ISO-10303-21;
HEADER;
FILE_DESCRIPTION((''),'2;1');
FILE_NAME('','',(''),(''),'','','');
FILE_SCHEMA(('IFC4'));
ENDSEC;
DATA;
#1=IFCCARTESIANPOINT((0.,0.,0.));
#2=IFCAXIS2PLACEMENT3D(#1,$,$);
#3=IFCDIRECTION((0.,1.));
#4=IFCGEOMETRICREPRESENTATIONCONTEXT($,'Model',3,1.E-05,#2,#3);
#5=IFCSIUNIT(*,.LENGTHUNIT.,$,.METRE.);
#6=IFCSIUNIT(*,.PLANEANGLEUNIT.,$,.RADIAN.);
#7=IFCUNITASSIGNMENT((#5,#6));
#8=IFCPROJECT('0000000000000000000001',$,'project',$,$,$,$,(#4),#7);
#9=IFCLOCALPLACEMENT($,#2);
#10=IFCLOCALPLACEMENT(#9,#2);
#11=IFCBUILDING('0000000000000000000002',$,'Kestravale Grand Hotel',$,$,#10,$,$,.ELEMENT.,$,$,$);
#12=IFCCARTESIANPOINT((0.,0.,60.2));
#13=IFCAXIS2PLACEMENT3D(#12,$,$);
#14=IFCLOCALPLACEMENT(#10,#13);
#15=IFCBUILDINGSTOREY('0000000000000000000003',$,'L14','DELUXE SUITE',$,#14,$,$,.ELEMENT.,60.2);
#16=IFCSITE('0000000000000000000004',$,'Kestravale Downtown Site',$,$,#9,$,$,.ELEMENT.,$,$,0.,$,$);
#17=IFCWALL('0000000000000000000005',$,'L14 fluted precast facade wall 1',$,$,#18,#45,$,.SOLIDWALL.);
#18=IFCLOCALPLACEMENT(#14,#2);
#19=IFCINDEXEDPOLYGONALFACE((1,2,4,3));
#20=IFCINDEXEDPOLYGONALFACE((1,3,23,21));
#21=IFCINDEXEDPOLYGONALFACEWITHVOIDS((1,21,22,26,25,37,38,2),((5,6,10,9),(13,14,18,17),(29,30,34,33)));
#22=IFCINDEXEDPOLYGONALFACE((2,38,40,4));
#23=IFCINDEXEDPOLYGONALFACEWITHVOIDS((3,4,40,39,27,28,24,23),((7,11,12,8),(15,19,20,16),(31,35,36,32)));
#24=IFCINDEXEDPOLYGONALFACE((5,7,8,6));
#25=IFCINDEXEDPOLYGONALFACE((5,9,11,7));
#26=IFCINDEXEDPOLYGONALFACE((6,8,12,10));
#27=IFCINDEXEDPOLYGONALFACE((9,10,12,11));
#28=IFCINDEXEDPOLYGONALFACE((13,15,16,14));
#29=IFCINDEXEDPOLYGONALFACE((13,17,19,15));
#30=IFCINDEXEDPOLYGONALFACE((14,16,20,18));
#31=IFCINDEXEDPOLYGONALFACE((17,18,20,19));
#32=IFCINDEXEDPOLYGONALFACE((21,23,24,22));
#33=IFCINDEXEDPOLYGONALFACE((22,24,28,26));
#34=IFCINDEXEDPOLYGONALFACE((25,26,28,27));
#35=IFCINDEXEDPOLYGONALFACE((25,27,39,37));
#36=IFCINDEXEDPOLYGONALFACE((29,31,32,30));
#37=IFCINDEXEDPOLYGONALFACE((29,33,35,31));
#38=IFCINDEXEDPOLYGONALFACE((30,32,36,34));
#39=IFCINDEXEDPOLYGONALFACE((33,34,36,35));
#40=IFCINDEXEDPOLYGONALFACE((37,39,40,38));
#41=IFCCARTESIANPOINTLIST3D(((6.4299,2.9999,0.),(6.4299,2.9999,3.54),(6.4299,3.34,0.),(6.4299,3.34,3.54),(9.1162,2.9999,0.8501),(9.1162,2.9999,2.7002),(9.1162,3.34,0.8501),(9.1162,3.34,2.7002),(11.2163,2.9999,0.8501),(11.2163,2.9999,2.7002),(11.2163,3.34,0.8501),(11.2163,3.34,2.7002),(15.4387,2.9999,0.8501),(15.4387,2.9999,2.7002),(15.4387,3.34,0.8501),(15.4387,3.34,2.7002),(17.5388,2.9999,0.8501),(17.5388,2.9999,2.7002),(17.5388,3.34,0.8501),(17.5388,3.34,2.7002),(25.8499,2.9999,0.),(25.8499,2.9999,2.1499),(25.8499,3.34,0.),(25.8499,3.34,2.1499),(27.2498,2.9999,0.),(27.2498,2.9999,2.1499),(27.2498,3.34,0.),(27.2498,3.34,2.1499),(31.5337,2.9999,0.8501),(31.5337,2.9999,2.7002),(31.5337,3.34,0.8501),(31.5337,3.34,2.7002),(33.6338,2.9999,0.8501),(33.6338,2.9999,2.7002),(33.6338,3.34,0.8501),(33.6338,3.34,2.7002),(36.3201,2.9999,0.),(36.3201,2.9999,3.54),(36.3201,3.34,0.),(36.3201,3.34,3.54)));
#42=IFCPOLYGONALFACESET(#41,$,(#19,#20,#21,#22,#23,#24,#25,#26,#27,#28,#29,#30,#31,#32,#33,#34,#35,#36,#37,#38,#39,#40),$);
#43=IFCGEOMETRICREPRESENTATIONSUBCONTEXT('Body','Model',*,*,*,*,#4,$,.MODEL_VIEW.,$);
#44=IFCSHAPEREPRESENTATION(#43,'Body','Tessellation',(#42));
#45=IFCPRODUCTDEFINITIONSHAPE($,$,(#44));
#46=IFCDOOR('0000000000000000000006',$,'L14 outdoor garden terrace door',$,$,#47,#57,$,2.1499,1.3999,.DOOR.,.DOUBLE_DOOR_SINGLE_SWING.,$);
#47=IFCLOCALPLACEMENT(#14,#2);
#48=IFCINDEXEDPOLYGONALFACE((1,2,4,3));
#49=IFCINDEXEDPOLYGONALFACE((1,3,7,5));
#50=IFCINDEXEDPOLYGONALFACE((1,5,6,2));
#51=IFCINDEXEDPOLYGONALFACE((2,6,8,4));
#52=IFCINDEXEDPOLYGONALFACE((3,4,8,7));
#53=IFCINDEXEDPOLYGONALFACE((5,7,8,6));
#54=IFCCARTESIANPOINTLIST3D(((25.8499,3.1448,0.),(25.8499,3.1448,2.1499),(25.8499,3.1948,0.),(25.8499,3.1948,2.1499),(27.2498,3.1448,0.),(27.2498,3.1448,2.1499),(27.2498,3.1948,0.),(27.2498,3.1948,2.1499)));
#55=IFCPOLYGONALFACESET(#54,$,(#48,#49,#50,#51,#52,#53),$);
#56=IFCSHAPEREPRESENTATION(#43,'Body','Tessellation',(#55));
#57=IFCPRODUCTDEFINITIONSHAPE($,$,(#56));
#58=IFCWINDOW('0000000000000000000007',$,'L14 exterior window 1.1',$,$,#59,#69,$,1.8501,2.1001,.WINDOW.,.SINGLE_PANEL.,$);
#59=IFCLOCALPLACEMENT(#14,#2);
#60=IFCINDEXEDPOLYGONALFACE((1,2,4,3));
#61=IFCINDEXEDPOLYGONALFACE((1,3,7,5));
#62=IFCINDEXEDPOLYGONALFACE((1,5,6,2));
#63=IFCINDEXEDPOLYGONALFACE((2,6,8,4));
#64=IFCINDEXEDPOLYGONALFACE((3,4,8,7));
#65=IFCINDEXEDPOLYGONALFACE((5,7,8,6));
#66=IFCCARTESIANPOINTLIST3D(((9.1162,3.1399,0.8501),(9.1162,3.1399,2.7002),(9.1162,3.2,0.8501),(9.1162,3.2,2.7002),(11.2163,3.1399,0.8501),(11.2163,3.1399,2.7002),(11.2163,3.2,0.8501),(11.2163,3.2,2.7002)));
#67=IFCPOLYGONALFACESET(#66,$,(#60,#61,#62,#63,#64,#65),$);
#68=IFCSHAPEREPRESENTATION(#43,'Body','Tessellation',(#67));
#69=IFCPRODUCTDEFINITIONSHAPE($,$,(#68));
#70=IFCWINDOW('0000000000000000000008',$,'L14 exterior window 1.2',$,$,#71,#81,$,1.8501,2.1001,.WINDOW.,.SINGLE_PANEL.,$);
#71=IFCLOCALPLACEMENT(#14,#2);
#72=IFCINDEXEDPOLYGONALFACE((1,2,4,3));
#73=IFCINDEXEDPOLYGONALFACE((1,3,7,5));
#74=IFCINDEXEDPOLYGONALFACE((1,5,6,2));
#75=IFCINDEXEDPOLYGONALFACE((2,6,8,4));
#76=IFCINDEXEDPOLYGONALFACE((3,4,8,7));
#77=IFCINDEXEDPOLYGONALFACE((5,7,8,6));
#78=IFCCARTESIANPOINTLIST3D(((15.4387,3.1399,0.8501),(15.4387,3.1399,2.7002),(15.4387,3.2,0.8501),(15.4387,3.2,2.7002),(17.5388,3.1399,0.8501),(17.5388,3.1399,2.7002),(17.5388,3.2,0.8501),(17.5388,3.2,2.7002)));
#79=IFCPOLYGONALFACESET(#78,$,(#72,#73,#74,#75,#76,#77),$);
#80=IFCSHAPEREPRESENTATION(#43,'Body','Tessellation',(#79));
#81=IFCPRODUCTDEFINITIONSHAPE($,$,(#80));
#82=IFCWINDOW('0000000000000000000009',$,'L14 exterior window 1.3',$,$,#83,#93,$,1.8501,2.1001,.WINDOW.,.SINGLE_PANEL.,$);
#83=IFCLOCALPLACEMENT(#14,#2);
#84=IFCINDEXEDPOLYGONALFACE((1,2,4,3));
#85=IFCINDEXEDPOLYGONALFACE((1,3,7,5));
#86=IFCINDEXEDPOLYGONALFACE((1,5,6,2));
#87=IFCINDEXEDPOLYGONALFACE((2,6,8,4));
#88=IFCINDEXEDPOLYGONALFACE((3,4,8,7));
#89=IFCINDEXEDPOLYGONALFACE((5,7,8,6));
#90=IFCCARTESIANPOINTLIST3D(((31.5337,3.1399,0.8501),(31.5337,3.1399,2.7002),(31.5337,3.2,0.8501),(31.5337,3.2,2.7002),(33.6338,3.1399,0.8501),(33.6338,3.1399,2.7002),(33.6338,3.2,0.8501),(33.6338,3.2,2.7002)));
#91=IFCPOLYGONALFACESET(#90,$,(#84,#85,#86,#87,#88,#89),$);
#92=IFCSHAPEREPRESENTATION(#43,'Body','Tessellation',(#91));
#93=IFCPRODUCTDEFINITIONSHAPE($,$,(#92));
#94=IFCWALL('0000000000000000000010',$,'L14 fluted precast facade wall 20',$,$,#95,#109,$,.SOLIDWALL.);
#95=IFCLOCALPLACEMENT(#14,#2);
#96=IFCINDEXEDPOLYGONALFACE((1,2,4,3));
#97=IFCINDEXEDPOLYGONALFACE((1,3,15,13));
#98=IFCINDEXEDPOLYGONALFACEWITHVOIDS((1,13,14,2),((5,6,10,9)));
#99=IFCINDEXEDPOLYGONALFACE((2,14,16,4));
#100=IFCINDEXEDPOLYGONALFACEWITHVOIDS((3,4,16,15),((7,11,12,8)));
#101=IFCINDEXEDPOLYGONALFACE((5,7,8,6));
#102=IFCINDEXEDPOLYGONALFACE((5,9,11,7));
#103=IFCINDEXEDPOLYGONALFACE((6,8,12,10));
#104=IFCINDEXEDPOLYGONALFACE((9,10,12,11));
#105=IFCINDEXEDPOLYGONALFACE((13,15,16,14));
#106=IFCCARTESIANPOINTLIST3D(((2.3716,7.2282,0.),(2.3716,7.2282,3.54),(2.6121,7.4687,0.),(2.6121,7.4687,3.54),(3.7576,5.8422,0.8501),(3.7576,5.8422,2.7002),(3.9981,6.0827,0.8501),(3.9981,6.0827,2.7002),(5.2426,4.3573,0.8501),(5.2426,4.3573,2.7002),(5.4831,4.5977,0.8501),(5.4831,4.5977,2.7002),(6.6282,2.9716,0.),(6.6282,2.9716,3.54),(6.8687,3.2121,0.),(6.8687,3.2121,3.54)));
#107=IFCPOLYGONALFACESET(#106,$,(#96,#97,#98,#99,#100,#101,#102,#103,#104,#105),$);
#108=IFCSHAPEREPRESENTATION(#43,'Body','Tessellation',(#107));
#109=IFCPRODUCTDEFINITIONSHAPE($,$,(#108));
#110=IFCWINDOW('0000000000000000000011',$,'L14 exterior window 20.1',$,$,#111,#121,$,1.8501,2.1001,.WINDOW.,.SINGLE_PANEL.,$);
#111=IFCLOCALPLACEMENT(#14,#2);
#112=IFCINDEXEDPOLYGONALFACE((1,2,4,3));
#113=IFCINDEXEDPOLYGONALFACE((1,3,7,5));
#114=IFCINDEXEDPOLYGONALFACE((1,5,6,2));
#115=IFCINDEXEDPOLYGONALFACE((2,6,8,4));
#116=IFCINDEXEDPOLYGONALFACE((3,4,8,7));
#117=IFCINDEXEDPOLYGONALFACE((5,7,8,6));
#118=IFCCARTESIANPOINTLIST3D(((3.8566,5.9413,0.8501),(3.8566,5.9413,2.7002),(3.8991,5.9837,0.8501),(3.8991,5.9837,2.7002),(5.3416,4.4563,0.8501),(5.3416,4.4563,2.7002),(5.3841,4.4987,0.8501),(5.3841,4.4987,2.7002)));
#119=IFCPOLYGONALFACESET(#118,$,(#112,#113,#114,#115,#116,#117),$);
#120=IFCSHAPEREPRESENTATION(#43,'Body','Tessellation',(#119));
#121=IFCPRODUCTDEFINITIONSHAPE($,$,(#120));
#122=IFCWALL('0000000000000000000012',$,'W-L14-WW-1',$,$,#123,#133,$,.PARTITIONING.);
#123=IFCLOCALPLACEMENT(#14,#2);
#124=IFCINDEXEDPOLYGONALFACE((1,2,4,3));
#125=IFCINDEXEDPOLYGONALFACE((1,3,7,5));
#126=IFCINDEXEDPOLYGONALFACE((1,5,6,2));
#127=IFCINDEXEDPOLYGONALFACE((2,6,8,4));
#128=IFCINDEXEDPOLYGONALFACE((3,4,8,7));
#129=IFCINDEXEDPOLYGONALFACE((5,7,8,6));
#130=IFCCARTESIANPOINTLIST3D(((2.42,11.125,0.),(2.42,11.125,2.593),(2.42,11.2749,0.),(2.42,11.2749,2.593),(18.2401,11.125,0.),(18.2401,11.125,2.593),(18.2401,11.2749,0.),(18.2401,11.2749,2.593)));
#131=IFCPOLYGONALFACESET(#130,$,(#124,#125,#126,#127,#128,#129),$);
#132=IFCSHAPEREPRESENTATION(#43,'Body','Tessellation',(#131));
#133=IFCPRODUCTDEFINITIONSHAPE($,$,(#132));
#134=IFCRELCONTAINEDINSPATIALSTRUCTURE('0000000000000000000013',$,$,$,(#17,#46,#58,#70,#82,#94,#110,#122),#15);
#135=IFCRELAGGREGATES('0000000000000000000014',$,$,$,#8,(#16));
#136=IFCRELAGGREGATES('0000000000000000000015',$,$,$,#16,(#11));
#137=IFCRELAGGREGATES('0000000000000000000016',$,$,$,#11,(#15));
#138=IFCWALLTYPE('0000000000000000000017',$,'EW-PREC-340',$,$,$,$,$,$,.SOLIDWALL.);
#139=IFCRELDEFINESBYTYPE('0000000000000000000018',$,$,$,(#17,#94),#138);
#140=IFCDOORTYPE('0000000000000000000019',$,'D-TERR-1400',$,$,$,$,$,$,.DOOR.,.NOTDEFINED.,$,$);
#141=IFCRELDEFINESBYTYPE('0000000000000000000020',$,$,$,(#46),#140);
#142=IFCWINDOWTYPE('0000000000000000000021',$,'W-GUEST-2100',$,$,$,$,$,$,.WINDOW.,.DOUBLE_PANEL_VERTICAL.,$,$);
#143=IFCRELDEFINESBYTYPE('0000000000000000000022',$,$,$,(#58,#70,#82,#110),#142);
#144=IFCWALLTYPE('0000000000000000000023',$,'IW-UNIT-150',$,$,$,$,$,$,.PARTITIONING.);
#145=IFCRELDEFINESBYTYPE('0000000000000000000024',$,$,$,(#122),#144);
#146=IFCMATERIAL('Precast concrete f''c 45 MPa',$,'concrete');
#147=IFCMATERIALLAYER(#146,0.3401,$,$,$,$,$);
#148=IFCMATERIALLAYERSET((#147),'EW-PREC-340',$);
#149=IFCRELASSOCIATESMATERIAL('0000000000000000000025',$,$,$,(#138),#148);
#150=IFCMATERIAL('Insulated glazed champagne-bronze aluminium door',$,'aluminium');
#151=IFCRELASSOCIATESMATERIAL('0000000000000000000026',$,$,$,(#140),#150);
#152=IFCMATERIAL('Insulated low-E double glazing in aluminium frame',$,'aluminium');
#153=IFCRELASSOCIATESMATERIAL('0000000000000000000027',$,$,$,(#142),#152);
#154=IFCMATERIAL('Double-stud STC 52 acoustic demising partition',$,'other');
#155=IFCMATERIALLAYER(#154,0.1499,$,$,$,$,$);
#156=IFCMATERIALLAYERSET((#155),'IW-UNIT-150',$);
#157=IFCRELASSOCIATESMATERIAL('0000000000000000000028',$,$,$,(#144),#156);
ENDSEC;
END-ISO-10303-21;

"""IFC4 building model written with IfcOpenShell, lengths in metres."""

from ifc_helpers import new_model, si_unit, direction, frame, frame_2d, origin, place, context, subcontext, project, spatial, rectangle, extrude, material, layer, layer_set, type_object, element, fill, save


model = new_model("IFC4")

# Units and contexts
model_context = context("Model", 3, precision=1e-05, world=origin(), true_north=direction((0.0, 1.0)))
body_context = subcontext(model_context, "Body", "Model", "MODEL_VIEW")
ifc_project = project(units=[si_unit("LENGTHUNIT", "METRE"), si_unit("PLANEANGLEUNIT", "RADIAN")], contexts=[model_context])

# Site, building, storey
site_placement = place(None, origin())
site = spatial("IfcSite", under=ifc_project, at=site_placement, Name="Kestravale Downtown Site", CompositionType="ELEMENT", RefElevation=0.0)
building_placement = place(site_placement, origin())
building = spatial("IfcBuilding", under=site, at=building_placement, Name="Kestravale Grand Hotel", CompositionType="ELEMENT")
storey_placement = place(building_placement, frame((0.0, 0.0, 60.2)))
storey = spatial("IfcBuildingStorey", under=building, at=storey_placement, Name="L14", Description="DELUXE SUITE", CompositionType="ELEMENT", Elevation=60.2)

# Wall, openings, door, windows
ifc_material_1 = material(Name="Precast concrete f'c 45 MPa", Category="concrete")
ifc_layer_1 = layer(ifc_material_1, 0.3401)
ifc_layer_set_1 = layer_set([ifc_layer_1], Name="EW-PREC-340")
wall_type_1 = type_object("IfcWallType", Name="EW-PREC-340", PredefinedType="SOLIDWALL", material=ifc_layer_set_1)
wall_1_placement = place(storey_placement, frame((6.4299, 3.1699, 0.0), z_axis=(0.0, 0.0, 1.0), x_axis=(1.0, 0.0, 0.0)))
wall_1 = element("IfcWall", 1, at=wall_1_placement, inside=storey, type_object=wall_type_1, Name="L14 fluted precast facade wall 1", PredefinedType="SOLIDWALL", context=body_context, shape_type="SweptSolid", body=[
    extrude(rectangle(XDim=29.8901, YDim=0.3401, at=frame_2d((14.9451, 0.0))), origin(), (0.0, 0.0, 1.0), 3.54),
])
opening_1_placement = place(wall_1_placement, frame((19.4199, 0.0, 0.0)))
opening_1 = element("IfcOpeningElement", 2, at=opening_1_placement, cuts=wall_1, PredefinedType="OPENING", context=body_context, shape_type="SweptSolid", body=[
    extrude(rectangle(XDim=1.3999, YDim=2.1499, at=frame_2d((0.7, 1.075))), frame((0.0, 0.1799, 0.0), z_axis=(0.0, -1.0, 0.0), x_axis=(1.0, 0.0, 0.0)), (0.0, 0.0, 1.0), 0.3601),
])
opening_2_placement = place(wall_1_placement, frame((2.6863, 0.0, 0.8501)))
opening_2 = element("IfcOpeningElement", 3, at=opening_2_placement, cuts=wall_1, PredefinedType="OPENING", context=body_context, shape_type="SweptSolid", body=[
    extrude(rectangle(XDim=2.1001, YDim=1.8501, at=frame_2d((1.05, 0.925))), frame((0.0, 0.1799, 0.0), z_axis=(0.0, -1.0, 0.0), x_axis=(1.0, 0.0, 0.0)), (0.0, 0.0, 1.0), 0.3601),
])
opening_3_placement = place(wall_1_placement, frame((9.0088, 0.0, 0.8501)))
opening_3 = element("IfcOpeningElement", 4, at=opening_3_placement, cuts=wall_1, PredefinedType="OPENING", context=body_context, shape_type="SweptSolid", body=[
    extrude(rectangle(XDim=2.1001, YDim=1.8501, at=frame_2d((1.05, 0.925))), frame((0.0, 0.1799, 0.0), z_axis=(0.0, -1.0, 0.0), x_axis=(1.0, 0.0, 0.0)), (0.0, 0.0, 1.0), 0.3601),
])
opening_4_placement = place(wall_1_placement, frame((25.1038, 0.0, 0.8501)))
opening_4 = element("IfcOpeningElement", 5, at=opening_4_placement, cuts=wall_1, PredefinedType="OPENING", context=body_context, shape_type="SweptSolid", body=[
    extrude(rectangle(XDim=2.1001, YDim=1.8501, at=frame_2d((1.05, 0.925))), frame((0.0, 0.1799, 0.0), z_axis=(0.0, -1.0, 0.0), x_axis=(1.0, 0.0, 0.0)), (0.0, 0.0, 1.0), 0.3601),
])
ifc_material_2 = material(Name="Insulated glazed champagne-bronze aluminium door", Category="aluminium")
door_type = type_object("IfcDoorType", Name="D-TERR-1400", OperationType="NOTDEFINED", PredefinedType="DOOR", material=ifc_material_2)
door_placement = place(opening_1_placement, origin())
door = element("IfcDoor", 6, at=door_placement, inside=storey, type_object=door_type, Name="L14 outdoor garden terrace door", OperationType="DOUBLE_DOOR_SINGLE_SWING", OverallHeight=2.1499, OverallWidth=1.3999, PredefinedType="DOOR", context=body_context, shape_type="SweptSolid", body=[
    extrude(rectangle(XDim=1.3999, YDim=2.1499, at=frame_2d((0.7, 1.075))), frame((0.0, 0.0249, 0.0), z_axis=(0.0, -1.0, 0.0), x_axis=(1.0, 0.0, 0.0)), (0.0, 0.0, 1.0), 0.05),
])
fill(opening_1, door)
ifc_material_3 = material(Name="Insulated low-E double glazing in aluminium frame", Category="aluminium")
window_type = type_object("IfcWindowType", Name="W-GUEST-2100", PartitioningType="DOUBLE_PANEL_VERTICAL", PredefinedType="WINDOW", material=ifc_material_3)
window_1_placement = place(opening_2_placement, origin())
window_1 = element("IfcWindow", 7, at=window_1_placement, inside=storey, type_object=window_type, Name="L14 exterior window 1.1", OverallHeight=1.8501, OverallWidth=2.1001, PartitioningType="SINGLE_PANEL", PredefinedType="WINDOW", context=body_context, shape_type="SweptSolid", body=[
    extrude(rectangle(XDim=2.1001, YDim=1.8501, at=frame_2d((1.05, 0.925))), frame((0.0, 0.03, 0.0), z_axis=(0.0, -1.0, 0.0), x_axis=(1.0, 0.0, 0.0)), (0.0, 0.0, 1.0), 0.0601),
])
fill(opening_2, window_1)
window_2_placement = place(opening_3_placement, origin())
window_2 = element("IfcWindow", 8, at=window_2_placement, inside=storey, type_object=window_type, Name="L14 exterior window 1.2", OverallHeight=1.8501, OverallWidth=2.1001, PartitioningType="SINGLE_PANEL", PredefinedType="WINDOW", context=body_context, shape_type="SweptSolid", body=[
    extrude(rectangle(XDim=2.1001, YDim=1.8501, at=frame_2d((1.05, 0.925))), frame((0.0, 0.03, 0.0), z_axis=(0.0, -1.0, 0.0), x_axis=(1.0, 0.0, 0.0)), (0.0, 0.0, 1.0), 0.0601),
])
fill(opening_3, window_2)
window_3_placement = place(opening_4_placement, origin())
window_3 = element("IfcWindow", 9, at=window_3_placement, inside=storey, type_object=window_type, Name="L14 exterior window 1.3", OverallHeight=1.8501, OverallWidth=2.1001, PartitioningType="SINGLE_PANEL", PredefinedType="WINDOW", context=body_context, shape_type="SweptSolid", body=[
    extrude(rectangle(XDim=2.1001, YDim=1.8501, at=frame_2d((1.05, 0.925))), frame((0.0, 0.03, 0.0), z_axis=(0.0, -1.0, 0.0), x_axis=(1.0, 0.0, 0.0)), (0.0, 0.0, 1.0), 0.0601),
])
fill(opening_4, window_3)

# Wall, opening, window
wall_2_placement = place(storey_placement, frame((2.4919, 7.3484, 0.0), z_axis=(0.0, 0.0, 1.0), x_axis=(0.707107, -0.707107, 0.0)))
wall_2 = element("IfcWall", 10, at=wall_2_placement, inside=storey, type_object=wall_type_1, Name="L14 fluted precast facade wall 20", PredefinedType="SOLIDWALL", context=body_context, shape_type="SweptSolid", body=[
    extrude(rectangle(XDim=6.0198, YDim=0.3401, at=frame_2d((3.0098, 0.0))), origin(), (0.0, 0.0, 1.0), 3.54),
])
opening_5_placement = place(wall_2_placement, frame((1.96, 0.0, 0.8501)))
opening_5 = element("IfcOpeningElement", 11, at=opening_5_placement, cuts=wall_2, PredefinedType="OPENING", context=body_context, shape_type="SweptSolid", body=[
    extrude(rectangle(XDim=2.1001, YDim=1.8501, at=frame_2d((1.05, 0.925))), frame((0.0, 0.1799, 0.0), z_axis=(0.0, -1.0, 0.0), x_axis=(1.0, 0.0, 0.0)), (0.0, 0.0, 1.0), 0.3601),
])
window_4_placement = place(opening_5_placement, origin())
window_4 = element("IfcWindow", 12, at=window_4_placement, inside=storey, type_object=window_type, Name="L14 exterior window 20.1", OverallHeight=1.8501, OverallWidth=2.1001, PartitioningType="SINGLE_PANEL", PredefinedType="WINDOW", context=body_context, shape_type="SweptSolid", body=[
    extrude(rectangle(XDim=2.1001, YDim=1.8501, at=frame_2d((1.05, 0.925))), frame((0.0, 0.03, 0.0), z_axis=(0.0, -1.0, 0.0), x_axis=(1.0, 0.0, 0.0)), (0.0, 0.0, 1.0), 0.0601),
])
fill(opening_5, window_4)

# Wall
ifc_material_4 = material(Name="Double-stud STC 52 acoustic demising partition", Category="other")
ifc_layer_2 = layer(ifc_material_4, 0.1499)
ifc_layer_set_2 = layer_set([ifc_layer_2], Name="IW-UNIT-150")
wall_type_2 = type_object("IfcWallType", Name="IW-UNIT-150", PredefinedType="PARTITIONING", material=ifc_layer_set_2)
wall_3_placement = place(storey_placement, frame((2.4199, 11.2, 0.0), z_axis=(0.0, 0.0, 1.0), x_axis=(1.0, 0.0, 0.0)))
element("IfcWall", 13, at=wall_3_placement, inside=storey, type_object=wall_type_2, Name="W-L14-WW-1", PredefinedType="PARTITIONING", context=body_context, shape_type="SweptSolid", body=[
    extrude(rectangle(XDim=15.8201, YDim=0.1499, at=frame_2d((7.9102, 0.0))), origin(), (0.0, 0.0, 1.0), 2.593),
])

save(model, "model.ifc")
